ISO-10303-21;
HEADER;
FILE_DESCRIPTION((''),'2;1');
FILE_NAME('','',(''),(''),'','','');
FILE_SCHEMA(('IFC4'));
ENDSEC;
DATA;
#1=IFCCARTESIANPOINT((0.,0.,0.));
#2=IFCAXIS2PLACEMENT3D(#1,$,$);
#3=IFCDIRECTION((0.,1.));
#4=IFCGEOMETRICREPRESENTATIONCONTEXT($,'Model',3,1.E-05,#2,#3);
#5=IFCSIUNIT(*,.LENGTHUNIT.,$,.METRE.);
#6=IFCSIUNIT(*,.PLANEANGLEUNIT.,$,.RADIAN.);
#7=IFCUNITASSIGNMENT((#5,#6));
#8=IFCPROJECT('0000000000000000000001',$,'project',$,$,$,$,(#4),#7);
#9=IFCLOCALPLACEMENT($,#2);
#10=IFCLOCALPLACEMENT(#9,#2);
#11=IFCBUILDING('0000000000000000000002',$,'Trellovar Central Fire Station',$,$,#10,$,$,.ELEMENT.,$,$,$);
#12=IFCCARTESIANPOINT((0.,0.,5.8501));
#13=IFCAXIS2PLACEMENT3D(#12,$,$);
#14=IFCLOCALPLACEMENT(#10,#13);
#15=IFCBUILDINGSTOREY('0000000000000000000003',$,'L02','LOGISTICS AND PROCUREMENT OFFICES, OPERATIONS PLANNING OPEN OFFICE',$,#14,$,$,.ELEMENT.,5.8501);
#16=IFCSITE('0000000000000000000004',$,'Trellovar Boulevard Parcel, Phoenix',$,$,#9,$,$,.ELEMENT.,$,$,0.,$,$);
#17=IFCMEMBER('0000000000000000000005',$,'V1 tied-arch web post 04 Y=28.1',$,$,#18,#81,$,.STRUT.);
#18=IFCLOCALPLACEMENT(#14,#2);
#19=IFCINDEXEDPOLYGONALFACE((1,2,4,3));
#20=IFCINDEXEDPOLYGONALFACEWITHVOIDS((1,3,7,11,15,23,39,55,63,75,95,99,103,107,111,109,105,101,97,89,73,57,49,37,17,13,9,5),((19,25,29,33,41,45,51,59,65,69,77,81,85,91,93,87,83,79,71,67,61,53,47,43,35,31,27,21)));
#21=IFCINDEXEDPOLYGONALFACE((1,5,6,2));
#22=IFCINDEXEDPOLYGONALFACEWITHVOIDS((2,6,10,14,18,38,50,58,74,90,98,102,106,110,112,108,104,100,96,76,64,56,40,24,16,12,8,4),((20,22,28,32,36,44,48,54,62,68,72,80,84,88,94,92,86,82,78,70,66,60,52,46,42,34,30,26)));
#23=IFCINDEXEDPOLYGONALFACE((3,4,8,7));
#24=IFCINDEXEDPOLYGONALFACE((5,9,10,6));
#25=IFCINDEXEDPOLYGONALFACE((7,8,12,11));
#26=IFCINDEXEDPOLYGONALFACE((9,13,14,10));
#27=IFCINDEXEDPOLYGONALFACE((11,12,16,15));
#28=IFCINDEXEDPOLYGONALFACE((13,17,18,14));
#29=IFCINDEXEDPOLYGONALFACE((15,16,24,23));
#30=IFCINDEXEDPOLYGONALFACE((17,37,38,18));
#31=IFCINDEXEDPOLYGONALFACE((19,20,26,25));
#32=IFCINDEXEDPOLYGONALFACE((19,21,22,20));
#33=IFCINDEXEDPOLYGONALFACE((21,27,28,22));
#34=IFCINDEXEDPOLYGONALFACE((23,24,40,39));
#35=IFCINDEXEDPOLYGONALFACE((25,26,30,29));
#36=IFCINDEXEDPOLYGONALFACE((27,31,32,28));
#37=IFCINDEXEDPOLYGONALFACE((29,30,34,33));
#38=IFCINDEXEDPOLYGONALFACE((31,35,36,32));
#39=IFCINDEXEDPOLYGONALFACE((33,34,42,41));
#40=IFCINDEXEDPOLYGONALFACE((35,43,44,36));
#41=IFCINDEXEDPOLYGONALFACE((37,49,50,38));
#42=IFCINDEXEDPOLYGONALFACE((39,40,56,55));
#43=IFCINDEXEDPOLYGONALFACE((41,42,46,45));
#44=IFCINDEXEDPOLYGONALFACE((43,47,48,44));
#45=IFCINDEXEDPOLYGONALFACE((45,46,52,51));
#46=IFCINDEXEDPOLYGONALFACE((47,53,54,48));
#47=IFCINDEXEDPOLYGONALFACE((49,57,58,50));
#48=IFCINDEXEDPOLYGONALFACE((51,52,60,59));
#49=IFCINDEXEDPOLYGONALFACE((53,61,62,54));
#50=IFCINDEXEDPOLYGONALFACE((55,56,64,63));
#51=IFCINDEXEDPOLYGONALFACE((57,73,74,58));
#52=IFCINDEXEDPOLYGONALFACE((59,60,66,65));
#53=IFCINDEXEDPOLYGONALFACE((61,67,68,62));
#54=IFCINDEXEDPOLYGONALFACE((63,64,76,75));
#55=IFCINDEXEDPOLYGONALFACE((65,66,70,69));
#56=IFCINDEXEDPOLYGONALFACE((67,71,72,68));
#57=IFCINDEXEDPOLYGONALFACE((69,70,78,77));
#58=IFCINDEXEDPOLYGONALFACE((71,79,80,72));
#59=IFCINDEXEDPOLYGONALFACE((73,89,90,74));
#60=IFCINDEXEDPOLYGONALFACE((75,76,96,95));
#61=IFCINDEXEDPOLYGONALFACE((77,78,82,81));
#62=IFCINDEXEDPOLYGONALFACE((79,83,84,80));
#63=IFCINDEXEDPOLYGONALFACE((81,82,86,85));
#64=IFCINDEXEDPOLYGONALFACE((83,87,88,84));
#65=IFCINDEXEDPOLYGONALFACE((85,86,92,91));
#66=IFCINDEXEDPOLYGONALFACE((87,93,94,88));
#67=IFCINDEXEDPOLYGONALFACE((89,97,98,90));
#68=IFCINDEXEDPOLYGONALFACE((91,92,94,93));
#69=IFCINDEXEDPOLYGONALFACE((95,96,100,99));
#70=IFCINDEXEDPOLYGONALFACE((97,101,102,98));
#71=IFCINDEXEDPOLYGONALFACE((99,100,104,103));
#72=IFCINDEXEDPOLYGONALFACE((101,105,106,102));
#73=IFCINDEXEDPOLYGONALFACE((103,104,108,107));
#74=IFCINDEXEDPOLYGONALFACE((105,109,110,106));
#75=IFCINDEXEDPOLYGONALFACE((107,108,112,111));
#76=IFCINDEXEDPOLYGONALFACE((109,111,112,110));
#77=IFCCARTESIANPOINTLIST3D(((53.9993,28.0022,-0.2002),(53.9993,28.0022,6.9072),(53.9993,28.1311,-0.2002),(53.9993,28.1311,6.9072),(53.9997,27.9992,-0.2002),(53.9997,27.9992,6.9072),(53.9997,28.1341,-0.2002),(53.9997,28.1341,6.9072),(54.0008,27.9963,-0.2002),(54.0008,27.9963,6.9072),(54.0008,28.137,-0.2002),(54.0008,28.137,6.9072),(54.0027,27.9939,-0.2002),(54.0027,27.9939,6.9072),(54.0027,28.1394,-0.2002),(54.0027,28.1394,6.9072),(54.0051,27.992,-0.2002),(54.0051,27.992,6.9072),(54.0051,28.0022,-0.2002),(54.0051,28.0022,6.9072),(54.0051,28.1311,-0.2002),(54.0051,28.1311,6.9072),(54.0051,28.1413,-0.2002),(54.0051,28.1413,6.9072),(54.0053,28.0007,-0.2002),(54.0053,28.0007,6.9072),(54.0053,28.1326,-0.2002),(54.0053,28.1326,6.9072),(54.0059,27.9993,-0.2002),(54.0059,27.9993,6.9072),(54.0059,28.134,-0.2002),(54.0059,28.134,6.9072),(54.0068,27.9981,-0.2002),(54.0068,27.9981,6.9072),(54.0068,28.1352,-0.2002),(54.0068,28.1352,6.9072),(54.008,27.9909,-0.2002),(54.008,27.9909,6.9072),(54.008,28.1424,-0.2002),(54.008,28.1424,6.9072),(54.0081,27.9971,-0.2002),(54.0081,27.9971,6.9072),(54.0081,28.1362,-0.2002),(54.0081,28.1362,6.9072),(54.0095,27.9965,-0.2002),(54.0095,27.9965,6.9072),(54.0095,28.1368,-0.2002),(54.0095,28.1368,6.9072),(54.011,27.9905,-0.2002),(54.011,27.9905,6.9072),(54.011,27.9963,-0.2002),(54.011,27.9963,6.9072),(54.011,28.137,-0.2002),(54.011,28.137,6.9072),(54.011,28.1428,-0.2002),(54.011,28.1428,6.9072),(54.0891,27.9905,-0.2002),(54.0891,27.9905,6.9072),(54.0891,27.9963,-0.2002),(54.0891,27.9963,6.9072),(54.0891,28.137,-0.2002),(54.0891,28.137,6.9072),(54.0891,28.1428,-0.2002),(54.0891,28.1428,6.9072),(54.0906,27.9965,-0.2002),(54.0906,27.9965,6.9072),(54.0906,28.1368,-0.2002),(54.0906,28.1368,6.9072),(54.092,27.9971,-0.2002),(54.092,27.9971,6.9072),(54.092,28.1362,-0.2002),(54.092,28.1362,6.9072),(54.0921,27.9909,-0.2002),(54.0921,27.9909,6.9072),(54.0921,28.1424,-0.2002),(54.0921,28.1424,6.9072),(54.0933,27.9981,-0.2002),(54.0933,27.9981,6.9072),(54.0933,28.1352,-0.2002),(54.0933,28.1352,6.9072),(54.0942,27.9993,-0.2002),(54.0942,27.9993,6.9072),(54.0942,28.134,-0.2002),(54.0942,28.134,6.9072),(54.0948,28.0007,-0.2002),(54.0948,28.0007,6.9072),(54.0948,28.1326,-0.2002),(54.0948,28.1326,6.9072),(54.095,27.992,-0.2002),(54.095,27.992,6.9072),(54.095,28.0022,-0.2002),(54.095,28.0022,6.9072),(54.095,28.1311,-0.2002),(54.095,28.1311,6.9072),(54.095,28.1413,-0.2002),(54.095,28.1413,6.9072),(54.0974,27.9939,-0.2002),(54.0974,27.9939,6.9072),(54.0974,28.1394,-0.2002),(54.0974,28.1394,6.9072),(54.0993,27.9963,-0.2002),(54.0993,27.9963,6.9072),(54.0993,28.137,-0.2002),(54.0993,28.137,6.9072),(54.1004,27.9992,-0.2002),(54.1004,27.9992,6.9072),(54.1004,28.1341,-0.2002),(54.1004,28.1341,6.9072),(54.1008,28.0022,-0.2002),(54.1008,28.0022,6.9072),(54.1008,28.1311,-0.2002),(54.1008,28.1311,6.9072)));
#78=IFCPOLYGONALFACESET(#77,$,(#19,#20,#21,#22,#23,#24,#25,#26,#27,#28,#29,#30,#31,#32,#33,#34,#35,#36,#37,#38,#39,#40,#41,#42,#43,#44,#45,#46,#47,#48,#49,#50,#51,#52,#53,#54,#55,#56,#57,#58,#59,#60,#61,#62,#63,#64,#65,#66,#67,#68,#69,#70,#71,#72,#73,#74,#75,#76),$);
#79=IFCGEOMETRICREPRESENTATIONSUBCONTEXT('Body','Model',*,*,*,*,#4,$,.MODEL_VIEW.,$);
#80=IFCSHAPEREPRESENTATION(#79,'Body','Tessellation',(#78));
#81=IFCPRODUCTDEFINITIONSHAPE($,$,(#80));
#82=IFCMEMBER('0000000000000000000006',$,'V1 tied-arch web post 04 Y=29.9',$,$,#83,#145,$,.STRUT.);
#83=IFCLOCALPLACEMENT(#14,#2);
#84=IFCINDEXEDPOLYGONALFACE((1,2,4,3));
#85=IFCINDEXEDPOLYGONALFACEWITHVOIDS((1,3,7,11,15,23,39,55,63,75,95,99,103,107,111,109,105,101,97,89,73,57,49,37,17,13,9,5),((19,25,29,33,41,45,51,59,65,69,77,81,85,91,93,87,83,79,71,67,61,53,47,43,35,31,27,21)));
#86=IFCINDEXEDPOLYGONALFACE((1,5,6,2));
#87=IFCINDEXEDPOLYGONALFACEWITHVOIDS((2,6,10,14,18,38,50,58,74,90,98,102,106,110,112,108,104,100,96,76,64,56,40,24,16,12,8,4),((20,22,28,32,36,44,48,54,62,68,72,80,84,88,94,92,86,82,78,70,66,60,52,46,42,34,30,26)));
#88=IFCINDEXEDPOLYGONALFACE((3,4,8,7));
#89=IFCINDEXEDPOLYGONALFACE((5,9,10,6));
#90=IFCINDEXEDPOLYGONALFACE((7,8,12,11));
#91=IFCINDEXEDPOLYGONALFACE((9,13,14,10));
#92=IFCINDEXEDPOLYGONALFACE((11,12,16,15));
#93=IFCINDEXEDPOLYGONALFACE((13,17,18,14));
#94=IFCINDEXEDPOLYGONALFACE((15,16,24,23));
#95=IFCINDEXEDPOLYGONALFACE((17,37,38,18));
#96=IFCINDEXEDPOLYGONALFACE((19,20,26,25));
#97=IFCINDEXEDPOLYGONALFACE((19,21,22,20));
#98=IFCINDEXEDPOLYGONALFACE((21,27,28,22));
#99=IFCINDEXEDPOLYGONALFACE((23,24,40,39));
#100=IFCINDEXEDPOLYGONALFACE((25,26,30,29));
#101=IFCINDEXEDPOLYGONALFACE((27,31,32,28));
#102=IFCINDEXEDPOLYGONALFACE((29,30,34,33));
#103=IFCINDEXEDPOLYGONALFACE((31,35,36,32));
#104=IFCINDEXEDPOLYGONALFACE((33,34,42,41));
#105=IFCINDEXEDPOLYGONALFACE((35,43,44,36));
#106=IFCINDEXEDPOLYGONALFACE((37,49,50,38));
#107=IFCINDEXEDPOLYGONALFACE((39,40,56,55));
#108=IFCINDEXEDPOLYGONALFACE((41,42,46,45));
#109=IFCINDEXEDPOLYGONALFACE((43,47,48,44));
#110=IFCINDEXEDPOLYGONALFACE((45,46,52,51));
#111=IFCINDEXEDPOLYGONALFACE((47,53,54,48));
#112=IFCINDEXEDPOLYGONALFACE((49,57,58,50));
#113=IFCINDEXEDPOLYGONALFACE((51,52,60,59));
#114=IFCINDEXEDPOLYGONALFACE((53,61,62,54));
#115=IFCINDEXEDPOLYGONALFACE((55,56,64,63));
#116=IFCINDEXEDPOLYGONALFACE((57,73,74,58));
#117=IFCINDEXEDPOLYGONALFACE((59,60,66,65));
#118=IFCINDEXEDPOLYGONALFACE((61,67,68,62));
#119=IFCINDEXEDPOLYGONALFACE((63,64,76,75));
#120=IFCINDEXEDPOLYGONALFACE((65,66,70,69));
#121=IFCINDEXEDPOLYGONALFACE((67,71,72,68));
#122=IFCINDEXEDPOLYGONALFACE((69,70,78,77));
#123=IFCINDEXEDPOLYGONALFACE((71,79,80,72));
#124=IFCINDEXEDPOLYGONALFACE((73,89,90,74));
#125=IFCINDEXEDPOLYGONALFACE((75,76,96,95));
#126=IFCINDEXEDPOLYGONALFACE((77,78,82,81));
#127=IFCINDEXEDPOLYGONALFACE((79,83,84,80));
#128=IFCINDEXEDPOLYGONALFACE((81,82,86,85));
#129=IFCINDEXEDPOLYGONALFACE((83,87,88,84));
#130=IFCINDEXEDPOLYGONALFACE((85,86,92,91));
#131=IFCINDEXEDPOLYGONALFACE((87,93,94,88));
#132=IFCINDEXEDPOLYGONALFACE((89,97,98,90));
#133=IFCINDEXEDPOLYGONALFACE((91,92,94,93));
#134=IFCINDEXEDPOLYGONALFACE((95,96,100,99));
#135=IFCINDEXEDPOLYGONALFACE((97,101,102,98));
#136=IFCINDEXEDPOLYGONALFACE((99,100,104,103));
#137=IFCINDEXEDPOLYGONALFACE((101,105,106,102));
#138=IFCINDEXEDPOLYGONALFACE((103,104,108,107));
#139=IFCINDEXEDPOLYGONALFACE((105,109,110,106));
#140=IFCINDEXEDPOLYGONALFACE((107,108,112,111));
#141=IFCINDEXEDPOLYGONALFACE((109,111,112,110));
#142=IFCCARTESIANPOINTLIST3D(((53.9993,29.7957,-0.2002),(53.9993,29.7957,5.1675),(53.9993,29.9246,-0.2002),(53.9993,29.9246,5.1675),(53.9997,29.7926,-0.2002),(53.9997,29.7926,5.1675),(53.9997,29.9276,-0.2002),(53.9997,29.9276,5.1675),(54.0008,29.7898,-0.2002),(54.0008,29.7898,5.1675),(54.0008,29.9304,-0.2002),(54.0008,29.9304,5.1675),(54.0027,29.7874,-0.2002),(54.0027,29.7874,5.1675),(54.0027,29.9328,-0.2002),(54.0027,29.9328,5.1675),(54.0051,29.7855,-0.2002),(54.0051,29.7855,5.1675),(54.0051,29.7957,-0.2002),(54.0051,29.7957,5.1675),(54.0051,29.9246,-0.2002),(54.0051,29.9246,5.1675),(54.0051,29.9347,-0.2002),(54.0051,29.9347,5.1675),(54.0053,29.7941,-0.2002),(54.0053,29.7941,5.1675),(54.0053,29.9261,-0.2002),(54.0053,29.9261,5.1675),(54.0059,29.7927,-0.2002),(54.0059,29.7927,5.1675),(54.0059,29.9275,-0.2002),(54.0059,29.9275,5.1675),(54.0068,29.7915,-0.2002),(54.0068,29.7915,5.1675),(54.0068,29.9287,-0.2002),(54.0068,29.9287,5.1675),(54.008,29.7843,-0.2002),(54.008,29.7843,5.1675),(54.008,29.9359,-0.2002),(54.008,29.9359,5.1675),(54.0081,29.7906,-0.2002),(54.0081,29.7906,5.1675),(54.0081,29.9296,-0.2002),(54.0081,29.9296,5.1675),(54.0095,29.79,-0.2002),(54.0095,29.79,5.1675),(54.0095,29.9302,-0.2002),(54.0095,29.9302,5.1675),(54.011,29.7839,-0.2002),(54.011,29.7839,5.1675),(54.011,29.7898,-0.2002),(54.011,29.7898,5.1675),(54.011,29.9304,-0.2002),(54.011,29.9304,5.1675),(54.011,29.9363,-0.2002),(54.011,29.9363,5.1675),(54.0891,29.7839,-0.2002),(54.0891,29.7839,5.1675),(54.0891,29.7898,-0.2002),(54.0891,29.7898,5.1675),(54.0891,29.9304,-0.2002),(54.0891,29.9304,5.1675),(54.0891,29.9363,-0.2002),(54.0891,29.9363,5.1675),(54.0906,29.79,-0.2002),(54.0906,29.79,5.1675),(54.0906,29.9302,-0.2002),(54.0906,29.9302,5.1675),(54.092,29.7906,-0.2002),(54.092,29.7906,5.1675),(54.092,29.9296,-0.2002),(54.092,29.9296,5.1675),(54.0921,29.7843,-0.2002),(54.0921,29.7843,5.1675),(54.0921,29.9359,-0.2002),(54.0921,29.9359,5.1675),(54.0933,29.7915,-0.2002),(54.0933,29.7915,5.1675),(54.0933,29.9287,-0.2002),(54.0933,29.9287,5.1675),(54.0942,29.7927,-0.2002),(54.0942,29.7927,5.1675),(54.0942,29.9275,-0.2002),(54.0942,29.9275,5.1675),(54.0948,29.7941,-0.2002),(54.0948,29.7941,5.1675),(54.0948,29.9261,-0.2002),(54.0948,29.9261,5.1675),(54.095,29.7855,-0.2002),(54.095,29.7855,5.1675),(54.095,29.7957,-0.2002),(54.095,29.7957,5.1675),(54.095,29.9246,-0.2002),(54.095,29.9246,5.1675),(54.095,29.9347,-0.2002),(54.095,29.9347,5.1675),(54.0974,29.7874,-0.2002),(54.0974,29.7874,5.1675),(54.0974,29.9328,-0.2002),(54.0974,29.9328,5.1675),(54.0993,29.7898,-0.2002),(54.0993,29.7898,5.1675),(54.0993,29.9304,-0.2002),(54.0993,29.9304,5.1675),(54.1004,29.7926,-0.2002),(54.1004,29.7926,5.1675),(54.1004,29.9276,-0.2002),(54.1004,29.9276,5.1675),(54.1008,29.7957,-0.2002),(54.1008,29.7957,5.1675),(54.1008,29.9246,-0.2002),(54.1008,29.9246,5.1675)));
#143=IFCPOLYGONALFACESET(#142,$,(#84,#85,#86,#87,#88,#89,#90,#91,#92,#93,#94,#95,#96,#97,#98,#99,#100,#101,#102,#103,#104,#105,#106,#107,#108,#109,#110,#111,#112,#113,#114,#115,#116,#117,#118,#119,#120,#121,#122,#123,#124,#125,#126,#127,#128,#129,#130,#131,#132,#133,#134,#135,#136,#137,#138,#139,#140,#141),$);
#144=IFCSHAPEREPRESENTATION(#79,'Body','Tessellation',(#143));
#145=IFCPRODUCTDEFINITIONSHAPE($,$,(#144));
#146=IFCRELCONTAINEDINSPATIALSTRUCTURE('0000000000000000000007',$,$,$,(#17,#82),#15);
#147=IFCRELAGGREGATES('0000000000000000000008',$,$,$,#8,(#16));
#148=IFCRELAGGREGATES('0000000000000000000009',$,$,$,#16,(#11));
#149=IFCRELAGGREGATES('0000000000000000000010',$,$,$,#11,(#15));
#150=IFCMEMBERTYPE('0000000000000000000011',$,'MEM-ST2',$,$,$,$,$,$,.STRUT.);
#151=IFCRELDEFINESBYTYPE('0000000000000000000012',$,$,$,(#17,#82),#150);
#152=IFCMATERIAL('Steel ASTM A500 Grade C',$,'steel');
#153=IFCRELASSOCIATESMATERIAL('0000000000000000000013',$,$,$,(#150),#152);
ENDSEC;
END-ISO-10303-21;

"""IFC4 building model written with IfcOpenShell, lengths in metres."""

from ifc_helpers import new_model, si_unit, direction, frame, origin, origin_2d, place, context, subcontext, project, spatial, hollow_rectangle, extrude, material, material_profile, profile_set, type_object, element, save


model = new_model("IFC4")

# Units and contexts
model_context = context("Model", 3, precision=1e-05, world=origin(), true_north=direction((0.0, 1.0)))
body_context = subcontext(model_context, "Body", "Model", "MODEL_VIEW")
ifc_project = project(units=[si_unit("LENGTHUNIT", "METRE"), si_unit("PLANEANGLEUNIT", "RADIAN")], contexts=[model_context])

# Site, building, storey
site_placement = place(None, origin())
site = spatial("IfcSite", under=ifc_project, at=site_placement, Name="Trellovar Boulevard Parcel, Phoenix", CompositionType="ELEMENT", RefElevation=0.0)
building_placement = place(site_placement, origin())
building = spatial("IfcBuilding", under=site, at=building_placement, Name="Trellovar Central Fire Station", CompositionType="ELEMENT")
storey_placement = place(building_placement, frame((0.0, 0.0, 5.8501)))
storey = spatial("IfcBuildingStorey", under=building, at=storey_placement, Name="L02", Description="LOGISTICS AND PROCUREMENT OFFICES, OPERATIONS PLANNING OPEN OFFICE", CompositionType="ELEMENT", Elevation=5.8501)

# Members
ifc_material_1 = material(Name="Steel ASTM A500 Grade C", Category="steel")
ifc_material_profile_1 = material_profile(ifc_material_1, hollow_rectangle(XDim=0.1016, YDim=0.1523, WallThickness=0.0059, InnerFilletRadius=0.0059, OuterFilletRadius=0.0117, at=origin_2d()), Name="HSS6X4X1/4")
ifc_profile_set_1 = profile_set([ifc_material_profile_1], Name="Steel ASTM A500 Grade C")
member_type_1 = type_object("IfcMemberType", Name="MEM-ST2", PredefinedType="STRUT", material=ifc_profile_set_1)
member_1_placement = place(storey_placement, frame((54.05, 28.0667, -0.2002), z_axis=(0.0, 0.0, 1.0), x_axis=(1.0, 0.0, 0.0)))
element("IfcMember", 1, at=member_1_placement, inside=storey, type_object=member_type_1, Name="V1 tied-arch web post 04 Y=28.1", PredefinedType="STRUT", context=body_context, shape_type="SweptSolid", body=[
    extrude(hollow_rectangle(XDim=0.1016, YDim=0.1523, WallThickness=0.0059, InnerFilletRadius=0.0059, OuterFilletRadius=0.0117, at=origin_2d()), origin(), (0.0, 0.0, 1.0), 7.1074),
])
member_2_placement = place(storey_placement, frame((54.05, 29.8601, -0.2002), z_axis=(0.0, 0.0, 1.0), x_axis=(1.0, 0.0, 0.0)))
element("IfcMember", 2, at=member_2_placement, inside=storey, type_object=member_type_1, Name="V1 tied-arch web post 04 Y=29.9", PredefinedType="STRUT", context=body_context, shape_type="SweptSolid", body=[
    extrude(hollow_rectangle(XDim=0.1016, YDim=0.1523, WallThickness=0.0059, InnerFilletRadius=0.0059, OuterFilletRadius=0.0117, at=origin_2d()), origin(), (0.0, 0.0, 1.0), 5.3677),
])

save(model, "model.ifc")
